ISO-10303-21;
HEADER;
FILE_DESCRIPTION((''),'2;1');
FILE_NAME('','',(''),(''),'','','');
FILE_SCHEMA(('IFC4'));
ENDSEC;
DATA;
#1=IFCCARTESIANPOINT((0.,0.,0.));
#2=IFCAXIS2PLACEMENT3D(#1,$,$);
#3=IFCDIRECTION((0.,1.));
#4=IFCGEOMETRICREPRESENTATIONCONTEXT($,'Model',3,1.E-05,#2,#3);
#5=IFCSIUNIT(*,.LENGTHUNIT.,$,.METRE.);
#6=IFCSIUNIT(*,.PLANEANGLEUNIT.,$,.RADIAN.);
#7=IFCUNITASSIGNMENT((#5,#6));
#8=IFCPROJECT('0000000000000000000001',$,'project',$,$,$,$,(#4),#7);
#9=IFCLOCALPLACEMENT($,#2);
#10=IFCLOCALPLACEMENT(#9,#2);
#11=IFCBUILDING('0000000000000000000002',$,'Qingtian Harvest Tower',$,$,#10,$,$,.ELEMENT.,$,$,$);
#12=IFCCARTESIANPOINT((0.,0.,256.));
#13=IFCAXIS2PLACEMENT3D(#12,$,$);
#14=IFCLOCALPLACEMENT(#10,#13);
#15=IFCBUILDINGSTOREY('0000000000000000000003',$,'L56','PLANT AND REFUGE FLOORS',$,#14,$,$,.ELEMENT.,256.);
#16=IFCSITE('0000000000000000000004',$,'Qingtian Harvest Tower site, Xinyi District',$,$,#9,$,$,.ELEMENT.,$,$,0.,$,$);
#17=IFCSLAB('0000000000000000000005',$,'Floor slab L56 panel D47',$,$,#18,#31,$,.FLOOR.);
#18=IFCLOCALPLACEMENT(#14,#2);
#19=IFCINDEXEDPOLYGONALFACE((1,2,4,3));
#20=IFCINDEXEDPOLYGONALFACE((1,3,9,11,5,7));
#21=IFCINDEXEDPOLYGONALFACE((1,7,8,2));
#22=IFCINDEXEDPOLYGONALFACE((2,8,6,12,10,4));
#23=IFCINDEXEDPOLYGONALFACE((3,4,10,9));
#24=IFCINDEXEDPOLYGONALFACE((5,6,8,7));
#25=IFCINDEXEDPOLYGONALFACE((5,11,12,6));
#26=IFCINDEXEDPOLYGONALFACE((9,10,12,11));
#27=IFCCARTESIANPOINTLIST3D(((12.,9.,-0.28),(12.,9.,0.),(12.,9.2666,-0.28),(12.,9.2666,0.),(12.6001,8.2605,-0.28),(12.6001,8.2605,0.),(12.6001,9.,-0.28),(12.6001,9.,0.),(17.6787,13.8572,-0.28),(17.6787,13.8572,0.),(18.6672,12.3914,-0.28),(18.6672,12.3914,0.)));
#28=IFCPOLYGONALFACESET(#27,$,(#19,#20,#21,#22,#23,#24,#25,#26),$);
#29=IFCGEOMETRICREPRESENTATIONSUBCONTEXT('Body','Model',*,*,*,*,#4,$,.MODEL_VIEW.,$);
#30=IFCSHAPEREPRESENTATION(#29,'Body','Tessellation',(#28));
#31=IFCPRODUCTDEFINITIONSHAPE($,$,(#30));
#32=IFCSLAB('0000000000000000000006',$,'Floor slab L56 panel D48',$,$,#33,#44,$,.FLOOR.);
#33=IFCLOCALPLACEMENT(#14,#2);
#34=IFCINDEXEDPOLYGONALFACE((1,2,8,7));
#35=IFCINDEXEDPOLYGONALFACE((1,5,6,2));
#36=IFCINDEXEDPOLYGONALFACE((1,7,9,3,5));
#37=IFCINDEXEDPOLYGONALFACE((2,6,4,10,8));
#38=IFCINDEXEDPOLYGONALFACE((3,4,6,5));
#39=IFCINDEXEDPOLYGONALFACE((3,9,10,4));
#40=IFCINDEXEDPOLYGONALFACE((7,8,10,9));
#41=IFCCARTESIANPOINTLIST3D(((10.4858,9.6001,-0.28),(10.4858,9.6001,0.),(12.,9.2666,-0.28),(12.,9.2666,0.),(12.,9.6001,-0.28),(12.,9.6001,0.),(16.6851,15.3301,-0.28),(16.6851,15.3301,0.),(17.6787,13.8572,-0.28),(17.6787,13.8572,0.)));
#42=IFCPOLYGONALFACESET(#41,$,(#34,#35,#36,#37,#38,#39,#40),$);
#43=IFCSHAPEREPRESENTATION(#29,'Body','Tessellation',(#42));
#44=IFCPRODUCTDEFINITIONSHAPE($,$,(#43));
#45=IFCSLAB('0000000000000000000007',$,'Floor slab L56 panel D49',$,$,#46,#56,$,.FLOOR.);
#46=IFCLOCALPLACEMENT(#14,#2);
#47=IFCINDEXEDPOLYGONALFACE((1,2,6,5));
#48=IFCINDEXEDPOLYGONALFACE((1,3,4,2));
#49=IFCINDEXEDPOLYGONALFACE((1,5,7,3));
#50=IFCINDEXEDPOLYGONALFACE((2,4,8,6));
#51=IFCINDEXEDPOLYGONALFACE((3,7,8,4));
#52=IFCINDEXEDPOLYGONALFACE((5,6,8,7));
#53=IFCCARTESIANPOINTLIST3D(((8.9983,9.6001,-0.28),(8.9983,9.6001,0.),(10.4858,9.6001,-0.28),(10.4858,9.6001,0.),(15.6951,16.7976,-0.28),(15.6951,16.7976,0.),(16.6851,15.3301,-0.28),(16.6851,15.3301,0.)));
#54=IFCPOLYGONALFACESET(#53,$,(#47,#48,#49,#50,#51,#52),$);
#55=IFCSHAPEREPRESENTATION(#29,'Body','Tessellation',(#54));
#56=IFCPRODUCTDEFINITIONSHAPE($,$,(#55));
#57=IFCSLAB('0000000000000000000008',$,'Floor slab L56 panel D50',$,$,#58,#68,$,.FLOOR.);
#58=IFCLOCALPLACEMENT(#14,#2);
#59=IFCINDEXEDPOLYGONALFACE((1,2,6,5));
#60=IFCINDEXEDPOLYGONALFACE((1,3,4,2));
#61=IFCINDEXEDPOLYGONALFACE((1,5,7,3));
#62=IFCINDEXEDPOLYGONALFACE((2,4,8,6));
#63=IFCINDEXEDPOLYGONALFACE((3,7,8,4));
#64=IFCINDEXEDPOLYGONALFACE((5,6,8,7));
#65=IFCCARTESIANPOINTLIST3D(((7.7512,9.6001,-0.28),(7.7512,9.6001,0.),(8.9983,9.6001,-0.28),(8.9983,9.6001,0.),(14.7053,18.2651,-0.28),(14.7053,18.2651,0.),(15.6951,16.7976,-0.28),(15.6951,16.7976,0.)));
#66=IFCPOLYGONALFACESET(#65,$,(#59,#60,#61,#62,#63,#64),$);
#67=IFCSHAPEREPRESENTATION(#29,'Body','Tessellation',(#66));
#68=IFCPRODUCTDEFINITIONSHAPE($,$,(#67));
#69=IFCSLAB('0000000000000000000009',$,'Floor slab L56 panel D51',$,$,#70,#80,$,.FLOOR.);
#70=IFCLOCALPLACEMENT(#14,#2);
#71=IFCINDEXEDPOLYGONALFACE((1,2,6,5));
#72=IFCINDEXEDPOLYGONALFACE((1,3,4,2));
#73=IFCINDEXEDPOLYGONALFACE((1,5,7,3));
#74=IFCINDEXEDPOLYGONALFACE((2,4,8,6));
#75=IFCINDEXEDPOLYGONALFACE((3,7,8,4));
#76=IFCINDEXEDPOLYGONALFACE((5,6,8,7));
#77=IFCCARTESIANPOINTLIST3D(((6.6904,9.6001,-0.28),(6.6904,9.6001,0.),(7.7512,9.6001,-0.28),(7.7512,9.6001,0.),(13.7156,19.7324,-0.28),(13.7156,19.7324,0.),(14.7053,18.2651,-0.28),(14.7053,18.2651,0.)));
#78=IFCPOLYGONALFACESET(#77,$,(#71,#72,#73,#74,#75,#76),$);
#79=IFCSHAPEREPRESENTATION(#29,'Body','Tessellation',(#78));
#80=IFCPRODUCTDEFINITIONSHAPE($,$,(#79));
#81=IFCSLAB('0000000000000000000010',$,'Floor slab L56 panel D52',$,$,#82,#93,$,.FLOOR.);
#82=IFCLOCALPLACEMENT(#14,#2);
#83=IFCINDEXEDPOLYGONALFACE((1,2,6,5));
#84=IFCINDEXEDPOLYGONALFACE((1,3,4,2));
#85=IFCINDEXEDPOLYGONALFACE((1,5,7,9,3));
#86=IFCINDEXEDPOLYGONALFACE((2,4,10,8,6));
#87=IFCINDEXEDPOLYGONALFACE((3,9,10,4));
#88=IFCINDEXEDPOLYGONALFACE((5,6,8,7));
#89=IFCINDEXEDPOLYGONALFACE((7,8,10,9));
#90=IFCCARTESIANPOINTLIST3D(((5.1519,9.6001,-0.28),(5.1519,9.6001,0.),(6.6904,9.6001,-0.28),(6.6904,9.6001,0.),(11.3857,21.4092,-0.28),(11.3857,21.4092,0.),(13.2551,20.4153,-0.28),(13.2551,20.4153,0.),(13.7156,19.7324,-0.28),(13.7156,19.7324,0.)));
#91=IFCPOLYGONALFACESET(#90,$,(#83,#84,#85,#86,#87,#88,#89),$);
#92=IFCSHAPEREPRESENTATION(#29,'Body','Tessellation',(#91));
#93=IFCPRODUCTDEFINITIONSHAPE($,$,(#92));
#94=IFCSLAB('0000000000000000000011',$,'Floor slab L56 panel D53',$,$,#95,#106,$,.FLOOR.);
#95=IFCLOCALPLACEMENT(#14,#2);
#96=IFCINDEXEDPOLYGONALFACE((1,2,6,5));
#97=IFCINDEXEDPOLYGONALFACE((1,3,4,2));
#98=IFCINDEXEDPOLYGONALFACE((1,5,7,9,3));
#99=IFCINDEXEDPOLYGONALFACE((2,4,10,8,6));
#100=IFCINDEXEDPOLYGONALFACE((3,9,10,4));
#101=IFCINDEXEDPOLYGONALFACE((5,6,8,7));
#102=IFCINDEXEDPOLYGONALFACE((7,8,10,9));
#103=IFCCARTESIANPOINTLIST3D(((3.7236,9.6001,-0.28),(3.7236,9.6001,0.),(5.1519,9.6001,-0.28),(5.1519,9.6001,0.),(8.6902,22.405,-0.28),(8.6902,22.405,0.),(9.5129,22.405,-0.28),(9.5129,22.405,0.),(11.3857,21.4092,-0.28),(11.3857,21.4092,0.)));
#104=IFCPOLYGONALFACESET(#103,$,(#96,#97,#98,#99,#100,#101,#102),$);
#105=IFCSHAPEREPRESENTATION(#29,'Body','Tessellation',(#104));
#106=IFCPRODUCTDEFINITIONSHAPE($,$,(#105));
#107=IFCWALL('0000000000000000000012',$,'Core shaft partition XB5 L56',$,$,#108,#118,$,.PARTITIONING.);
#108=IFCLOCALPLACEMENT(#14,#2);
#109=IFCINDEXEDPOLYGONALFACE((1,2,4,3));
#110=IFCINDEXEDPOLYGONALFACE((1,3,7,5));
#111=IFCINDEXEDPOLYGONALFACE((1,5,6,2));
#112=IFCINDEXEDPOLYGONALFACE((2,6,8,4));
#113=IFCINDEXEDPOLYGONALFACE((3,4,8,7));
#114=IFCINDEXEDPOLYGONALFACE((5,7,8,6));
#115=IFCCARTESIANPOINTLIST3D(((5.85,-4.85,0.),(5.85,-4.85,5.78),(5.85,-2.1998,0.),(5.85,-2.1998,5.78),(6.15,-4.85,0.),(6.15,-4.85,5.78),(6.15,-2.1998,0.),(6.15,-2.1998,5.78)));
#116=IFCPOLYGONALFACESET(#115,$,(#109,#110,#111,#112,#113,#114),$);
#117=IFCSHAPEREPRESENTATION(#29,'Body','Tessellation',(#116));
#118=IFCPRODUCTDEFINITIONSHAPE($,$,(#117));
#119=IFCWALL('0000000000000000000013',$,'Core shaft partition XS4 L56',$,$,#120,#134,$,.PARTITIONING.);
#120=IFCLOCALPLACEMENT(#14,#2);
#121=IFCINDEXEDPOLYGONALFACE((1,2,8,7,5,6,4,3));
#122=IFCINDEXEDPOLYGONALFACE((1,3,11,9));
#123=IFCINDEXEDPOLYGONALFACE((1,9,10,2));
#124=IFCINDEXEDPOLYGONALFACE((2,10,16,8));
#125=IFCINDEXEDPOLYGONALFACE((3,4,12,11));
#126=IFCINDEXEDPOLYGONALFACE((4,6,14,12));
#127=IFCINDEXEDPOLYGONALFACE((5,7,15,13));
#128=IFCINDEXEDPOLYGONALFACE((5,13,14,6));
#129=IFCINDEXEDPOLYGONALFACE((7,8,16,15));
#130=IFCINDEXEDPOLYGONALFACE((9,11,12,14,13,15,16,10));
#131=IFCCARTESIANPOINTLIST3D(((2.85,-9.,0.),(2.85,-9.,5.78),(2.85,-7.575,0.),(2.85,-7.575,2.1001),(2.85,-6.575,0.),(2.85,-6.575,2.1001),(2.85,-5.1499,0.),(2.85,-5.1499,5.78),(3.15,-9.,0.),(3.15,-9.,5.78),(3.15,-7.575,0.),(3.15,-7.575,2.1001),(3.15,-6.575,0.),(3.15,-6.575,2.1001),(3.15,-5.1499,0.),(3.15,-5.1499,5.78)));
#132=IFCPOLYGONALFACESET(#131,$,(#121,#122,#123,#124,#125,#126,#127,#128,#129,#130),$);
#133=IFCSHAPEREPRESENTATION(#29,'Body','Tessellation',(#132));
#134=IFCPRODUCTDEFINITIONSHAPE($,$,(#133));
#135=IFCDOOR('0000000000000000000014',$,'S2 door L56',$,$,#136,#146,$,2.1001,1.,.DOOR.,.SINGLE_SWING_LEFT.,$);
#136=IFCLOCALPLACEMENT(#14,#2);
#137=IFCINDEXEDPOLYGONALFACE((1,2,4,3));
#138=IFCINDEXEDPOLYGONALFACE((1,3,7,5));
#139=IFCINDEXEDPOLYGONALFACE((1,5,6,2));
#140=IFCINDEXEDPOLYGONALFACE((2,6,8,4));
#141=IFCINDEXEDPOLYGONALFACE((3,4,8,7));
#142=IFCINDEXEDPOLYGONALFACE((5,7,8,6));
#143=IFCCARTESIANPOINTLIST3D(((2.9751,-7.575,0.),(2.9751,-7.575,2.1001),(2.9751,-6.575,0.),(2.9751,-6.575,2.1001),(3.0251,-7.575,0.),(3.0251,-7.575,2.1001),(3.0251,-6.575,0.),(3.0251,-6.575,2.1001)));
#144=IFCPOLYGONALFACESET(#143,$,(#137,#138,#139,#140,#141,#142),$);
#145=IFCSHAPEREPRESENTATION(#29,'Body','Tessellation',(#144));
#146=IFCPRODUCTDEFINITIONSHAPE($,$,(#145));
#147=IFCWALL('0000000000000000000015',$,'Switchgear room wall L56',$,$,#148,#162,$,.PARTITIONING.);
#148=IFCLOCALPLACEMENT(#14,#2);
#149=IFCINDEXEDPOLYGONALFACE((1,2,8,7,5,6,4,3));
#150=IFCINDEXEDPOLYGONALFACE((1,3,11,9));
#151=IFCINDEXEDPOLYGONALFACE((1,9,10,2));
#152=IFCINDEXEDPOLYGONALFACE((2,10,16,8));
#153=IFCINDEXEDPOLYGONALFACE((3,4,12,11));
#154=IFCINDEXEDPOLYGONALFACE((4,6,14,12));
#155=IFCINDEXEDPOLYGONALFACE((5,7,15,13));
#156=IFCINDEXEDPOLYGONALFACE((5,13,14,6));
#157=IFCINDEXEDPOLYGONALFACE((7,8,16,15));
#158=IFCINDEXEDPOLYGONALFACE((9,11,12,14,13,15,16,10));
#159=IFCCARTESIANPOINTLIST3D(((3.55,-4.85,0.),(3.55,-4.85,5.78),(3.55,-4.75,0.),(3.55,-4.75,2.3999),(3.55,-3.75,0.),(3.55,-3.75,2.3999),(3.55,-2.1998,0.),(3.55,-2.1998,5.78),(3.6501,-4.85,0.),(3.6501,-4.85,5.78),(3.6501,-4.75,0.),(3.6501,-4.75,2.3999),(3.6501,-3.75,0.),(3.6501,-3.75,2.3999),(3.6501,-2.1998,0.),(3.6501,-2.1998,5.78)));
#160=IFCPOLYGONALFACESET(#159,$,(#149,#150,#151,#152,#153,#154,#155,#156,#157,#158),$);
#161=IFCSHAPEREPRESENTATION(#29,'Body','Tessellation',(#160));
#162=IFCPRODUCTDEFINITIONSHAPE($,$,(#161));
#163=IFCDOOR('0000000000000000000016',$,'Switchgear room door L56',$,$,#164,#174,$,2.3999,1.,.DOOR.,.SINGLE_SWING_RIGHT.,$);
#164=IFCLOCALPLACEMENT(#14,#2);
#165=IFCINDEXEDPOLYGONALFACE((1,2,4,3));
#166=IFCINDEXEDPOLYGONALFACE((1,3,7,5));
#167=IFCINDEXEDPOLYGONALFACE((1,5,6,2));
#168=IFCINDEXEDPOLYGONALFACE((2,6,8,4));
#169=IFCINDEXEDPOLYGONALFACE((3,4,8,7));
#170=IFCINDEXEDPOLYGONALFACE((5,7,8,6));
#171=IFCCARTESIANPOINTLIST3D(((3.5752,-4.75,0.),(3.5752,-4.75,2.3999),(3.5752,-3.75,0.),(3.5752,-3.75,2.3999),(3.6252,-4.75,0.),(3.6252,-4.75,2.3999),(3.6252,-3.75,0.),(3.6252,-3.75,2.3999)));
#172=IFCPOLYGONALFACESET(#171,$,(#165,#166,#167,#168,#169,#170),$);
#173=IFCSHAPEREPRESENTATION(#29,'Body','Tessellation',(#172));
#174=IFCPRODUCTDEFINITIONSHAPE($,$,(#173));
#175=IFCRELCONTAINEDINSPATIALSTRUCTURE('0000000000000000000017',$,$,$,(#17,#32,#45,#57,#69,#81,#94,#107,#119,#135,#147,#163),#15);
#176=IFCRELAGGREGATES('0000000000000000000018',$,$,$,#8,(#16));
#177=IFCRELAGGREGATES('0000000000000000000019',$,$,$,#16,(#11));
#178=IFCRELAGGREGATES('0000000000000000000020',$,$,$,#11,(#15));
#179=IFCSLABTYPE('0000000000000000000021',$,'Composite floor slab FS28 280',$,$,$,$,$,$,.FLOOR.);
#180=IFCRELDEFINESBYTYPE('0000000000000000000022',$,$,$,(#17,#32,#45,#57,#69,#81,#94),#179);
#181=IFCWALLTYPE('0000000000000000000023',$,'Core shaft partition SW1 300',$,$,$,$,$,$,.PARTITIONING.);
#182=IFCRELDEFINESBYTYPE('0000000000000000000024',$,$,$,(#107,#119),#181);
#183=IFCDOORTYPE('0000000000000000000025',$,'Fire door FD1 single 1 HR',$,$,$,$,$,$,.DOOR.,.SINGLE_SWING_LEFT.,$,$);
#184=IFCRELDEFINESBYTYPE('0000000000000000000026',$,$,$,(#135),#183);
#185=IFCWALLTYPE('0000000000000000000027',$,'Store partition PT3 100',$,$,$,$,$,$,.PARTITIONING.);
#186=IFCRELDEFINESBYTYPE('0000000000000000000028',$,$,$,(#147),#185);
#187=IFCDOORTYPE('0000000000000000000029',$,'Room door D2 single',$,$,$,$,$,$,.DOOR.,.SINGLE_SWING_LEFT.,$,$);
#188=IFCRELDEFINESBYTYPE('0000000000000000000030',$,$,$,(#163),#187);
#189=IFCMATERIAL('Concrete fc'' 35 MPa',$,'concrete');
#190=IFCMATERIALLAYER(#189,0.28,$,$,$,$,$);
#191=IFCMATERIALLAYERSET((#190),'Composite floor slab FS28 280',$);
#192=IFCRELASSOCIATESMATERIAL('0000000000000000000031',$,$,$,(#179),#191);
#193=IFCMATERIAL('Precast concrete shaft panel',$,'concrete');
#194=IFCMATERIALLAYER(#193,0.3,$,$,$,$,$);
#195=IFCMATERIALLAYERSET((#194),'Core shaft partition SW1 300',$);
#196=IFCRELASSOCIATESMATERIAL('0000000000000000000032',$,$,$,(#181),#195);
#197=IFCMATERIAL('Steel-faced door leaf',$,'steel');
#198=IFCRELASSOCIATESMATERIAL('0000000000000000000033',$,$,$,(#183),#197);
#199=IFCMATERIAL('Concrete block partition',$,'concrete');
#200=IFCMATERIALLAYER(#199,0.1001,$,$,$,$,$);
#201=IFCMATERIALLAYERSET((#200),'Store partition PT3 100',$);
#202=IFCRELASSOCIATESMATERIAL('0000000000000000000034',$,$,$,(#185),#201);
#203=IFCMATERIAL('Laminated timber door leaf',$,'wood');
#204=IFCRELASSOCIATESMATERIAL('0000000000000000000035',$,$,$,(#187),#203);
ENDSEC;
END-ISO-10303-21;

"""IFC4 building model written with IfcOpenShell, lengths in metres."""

from ifc_helpers import new_model, si_unit, direction, frame, frame_2d, origin, place, context, subcontext, project, spatial, polyline, rectangle, outline, extrude, material, layer, layer_set, type_object, element, fill, save


model = new_model("IFC4")

# Units and contexts
model_context = context("Model", 3, precision=1e-05, world=origin(), true_north=direction((0.0, 1.0)))
body_context = subcontext(model_context, "Body", "Model", "MODEL_VIEW")
ifc_project = project(units=[si_unit("LENGTHUNIT", "METRE"), si_unit("PLANEANGLEUNIT", "RADIAN")], contexts=[model_context])

# Site, building, storey
site_placement = place(None, origin())
site = spatial("IfcSite", under=ifc_project, at=site_placement, Name="Qingtian Harvest Tower site, Xinyi District", CompositionType="ELEMENT", RefElevation=0.0)
building_placement = place(site_placement, origin())
building = spatial("IfcBuilding", under=site, at=building_placement, Name="Qingtian Harvest Tower", CompositionType="ELEMENT")
storey_placement = place(building_placement, frame((0.0, 0.0, 256.0)))
storey = spatial("IfcBuildingStorey", under=building, at=storey_placement, Name="L56", Description="PLANT AND REFUGE FLOORS", CompositionType="ELEMENT", Elevation=256.0)

# Slabs
ifc_material_1 = material(Name="Concrete fc' 35 MPa", Category="concrete")
ifc_layer_1 = layer(ifc_material_1, 0.28)
ifc_layer_set_1 = layer_set([ifc_layer_1], Name="Composite floor slab FS28 280")
slab_type = type_object("IfcSlabType", Name="Composite floor slab FS28 280", PredefinedType="FLOOR", material=ifc_layer_set_1)
slab_1_placement = place(storey_placement, frame((0.0, 0.0, -0.28)))
element("IfcSlab", 1, at=slab_1_placement, inside=storey, type_object=slab_type, Name="Floor slab L56 panel D47", PredefinedType="FLOOR", context=body_context, shape_type="SweptSolid", body=[
    extrude(outline(polyline([(12.6001, 9.0), (12.0, 9.0), (12.0, 9.2666), (17.6787, 13.8572), (18.6672, 12.3914), (12.6001, 8.2605), (12.6001, 9.0)])), origin(), (0.0, 0.0, 1.0), 0.28),
])
slab_2_placement = place(storey_placement, frame((0.0, 0.0, -0.28)))
element("IfcSlab", 2, at=slab_2_placement, inside=storey, type_object=slab_type, Name="Floor slab L56 panel D48", PredefinedType="FLOOR", context=body_context, shape_type="SweptSolid", body=[
    extrude(outline(polyline([(12.0, 9.6001), (10.4858, 9.6001), (16.6851, 15.3301), (17.6787, 13.8572), (12.0, 9.2666), (12.0, 9.6001)])), origin(), (0.0, 0.0, 1.0), 0.28),
])
slab_3_placement = place(storey_placement, frame((0.0, 0.0, -0.28)))
element("IfcSlab", 3, at=slab_3_placement, inside=storey, type_object=slab_type, Name="Floor slab L56 panel D49", PredefinedType="FLOOR", context=body_context, shape_type="SweptSolid", body=[
    extrude(outline(polyline([(8.9983, 9.6001), (15.6951, 16.7976), (16.6851, 15.3301), (10.4858, 9.6001), (8.9983, 9.6001)])), origin(), (0.0, 0.0, 1.0), 0.28),
])
slab_4_placement = place(storey_placement, frame((0.0, 0.0, -0.28)))
element("IfcSlab", 4, at=slab_4_placement, inside=storey, type_object=slab_type, Name="Floor slab L56 panel D50", PredefinedType="FLOOR", context=body_context, shape_type="SweptSolid", body=[
    extrude(outline(polyline([(7.7512, 9.6001), (14.7053, 18.2651), (15.6951, 16.7976), (8.9983, 9.6001), (7.7512, 9.6001)])), origin(), (0.0, 0.0, 1.0), 0.28),
])
slab_5_placement = place(storey_placement, frame((0.0, 0.0, -0.28)))
element("IfcSlab", 5, at=slab_5_placement, inside=storey, type_object=slab_type, Name="Floor slab L56 panel D51", PredefinedType="FLOOR", context=body_context, shape_type="SweptSolid", body=[
    extrude(outline(polyline([(6.6904, 9.6001), (13.7156, 19.7324), (14.7053, 18.2651), (7.7512, 9.6001), (6.6904, 9.6001)])), origin(), (0.0, 0.0, 1.0), 0.28),
])
slab_6_placement = place(storey_placement, frame((0.0, 0.0, -0.28)))
element("IfcSlab", 6, at=slab_6_placement, inside=storey, type_object=slab_type, Name="Floor slab L56 panel D52", PredefinedType="FLOOR", context=body_context, shape_type="SweptSolid", body=[
    extrude(outline(polyline([(6.6904, 9.6001), (5.1519, 9.6001), (11.3857, 21.4092), (13.2551, 20.4153), (13.7156, 19.7324), (6.6904, 9.6001)])), origin(), (0.0, 0.0, 1.0), 0.28),
])
slab_7_placement = place(storey_placement, frame((0.0, 0.0, -0.28)))
element("IfcSlab", 7, at=slab_7_placement, inside=storey, type_object=slab_type, Name="Floor slab L56 panel D53", PredefinedType="FLOOR", context=body_context, shape_type="SweptSolid", body=[
    extrude(outline(polyline([(3.7236, 9.6001), (8.6902, 22.405), (9.5129, 22.405), (11.3857, 21.4092), (5.1519, 9.6001), (3.7236, 9.6001)])), origin(), (0.0, 0.0, 1.0), 0.28),
])

# Wall
ifc_material_2 = material(Name="Precast concrete shaft panel", Category="concrete")
ifc_layer_2 = layer(ifc_material_2, 0.3)
ifc_layer_set_2 = layer_set([ifc_layer_2], Name="Core shaft partition SW1 300")
wall_type_1 = type_object("IfcWallType", Name="Core shaft partition SW1 300", PredefinedType="PARTITIONING", material=ifc_layer_set_2)
wall_1_placement = place(storey_placement, frame((6.0, -4.8501, 0.0), z_axis=(0.0, 0.0, 1.0), x_axis=(0.0, 1.0, 0.0)))
element("IfcWall", 8, at=wall_1_placement, inside=storey, type_object=wall_type_1, Name="Core shaft partition XB5 L56", PredefinedType="PARTITIONING", context=body_context, shape_type="SweptSolid", body=[
    extrude(rectangle(XDim=2.6501, YDim=0.3, at=frame_2d((1.3252, 0.0))), origin(), (0.0, 0.0, 1.0), 5.78),
])

# Walls, openings, doors
wall_2_placement = place(storey_placement, frame((3.0, -9.0, 0.0), z_axis=(0.0, 0.0, 1.0), x_axis=(0.0, 1.0, 0.0)))
wall_2 = element("IfcWall", 9, at=wall_2_placement, inside=storey, type_object=wall_type_1, Name="Core shaft partition XS4 L56", PredefinedType="PARTITIONING", context=body_context, shape_type="SweptSolid", body=[
    extrude(rectangle(XDim=3.8501, YDim=0.3, at=frame_2d((1.925, 0.0))), origin(), (0.0, 0.0, 1.0), 5.78),
])
opening_1_placement = place(wall_2_placement, frame((1.425, 0.0, 0.0)))
opening_1 = element("IfcOpeningElement", 10, at=opening_1_placement, cuts=wall_2, PredefinedType="OPENING", context=body_context, shape_type="SweptSolid", body=[
    extrude(rectangle(XDim=1.0, YDim=2.1001, at=frame_2d((0.5, 1.05))), frame((0.0, 0.1599, 0.0), z_axis=(0.0, -1.0, 0.0), x_axis=(1.0, 0.0, 0.0)), (0.0, 0.0, 1.0), 0.3201),
])
ifc_material_3 = material(Name="Steel-faced door leaf", Category="steel")
door_type_1 = type_object("IfcDoorType", Name="Fire door FD1 single 1 HR", OperationType="SINGLE_SWING_LEFT", PredefinedType="DOOR", material=ifc_material_3)
door_1_placement = place(opening_1_placement, origin())
door_1 = element("IfcDoor", 11, at=door_1_placement, inside=storey, type_object=door_type_1, Name="S2 door L56", OperationType="SINGLE_SWING_LEFT", OverallHeight=2.1001, OverallWidth=1.0, PredefinedType="DOOR", context=body_context, shape_type="SweptSolid", body=[
    extrude(rectangle(XDim=1.0, YDim=2.1001, at=frame_2d((0.5, 1.05))), frame((0.0, 0.0249, 0.0), z_axis=(0.0, -1.0, 0.0), x_axis=(1.0, 0.0, 0.0)), (0.0, 0.0, 1.0), 0.05),
])
fill(opening_1, door_1)
ifc_material_4 = material(Name="Concrete block partition", Category="concrete")
ifc_layer_3 = layer(ifc_material_4, 0.1001)
ifc_layer_set_3 = layer_set([ifc_layer_3], Name="Store partition PT3 100")
wall_type_2 = type_object("IfcWallType", Name="Store partition PT3 100", PredefinedType="PARTITIONING", material=ifc_layer_set_3)
wall_3_placement = place(storey_placement, frame((3.6001, -4.8501, 0.0), z_axis=(0.0, 0.0, 1.0), x_axis=(0.0, 1.0, 0.0)))
wall_3 = element("IfcWall", 12, at=wall_3_placement, inside=storey, type_object=wall_type_2, Name="Switchgear room wall L56", PredefinedType="PARTITIONING", context=body_context, shape_type="SweptSolid", body=[
    extrude(rectangle(XDim=2.6501, YDim=0.1001, at=frame_2d((1.3252, 0.0))), origin(), (0.0, 0.0, 1.0), 5.78),
])
opening_2_placement = place(wall_3_placement, frame((0.1001, 0.0, 0.0)))
opening_2 = element("IfcOpeningElement", 13, at=opening_2_placement, cuts=wall_3, PredefinedType="OPENING", context=body_context, shape_type="SweptSolid", body=[
    extrude(rectangle(XDim=1.0, YDim=2.3999, at=frame_2d((0.5, 1.2))), frame((0.0, 0.0601, 0.0), z_axis=(0.0, -1.0, 0.0), x_axis=(1.0, 0.0, 0.0)), (0.0, 0.0, 1.0), 0.1201),
])
ifc_material_5 = material(Name="Laminated timber door leaf", Category="wood")
door_type_2 = type_object("IfcDoorType", Name="Room door D2 single", OperationType="SINGLE_SWING_LEFT", PredefinedType="DOOR", material=ifc_material_5)
door_2_placement = place(opening_2_placement, origin())
door_2 = element("IfcDoor", 14, at=door_2_placement, inside=storey, type_object=door_type_2, Name="Switchgear room door L56", OperationType="SINGLE_SWING_RIGHT", OverallHeight=2.3999, OverallWidth=1.0, PredefinedType="DOOR", context=body_context, shape_type="SweptSolid", body=[
    extrude(rectangle(XDim=1.0, YDim=2.3999, at=frame_2d((0.5, 1.2))), frame((0.0, 0.0249, 0.0), z_axis=(0.0, -1.0, 0.0), x_axis=(1.0, 0.0, 0.0)), (0.0, 0.0, 1.0), 0.05),
])
fill(opening_2, door_2)

save(model, "model.ifc")
